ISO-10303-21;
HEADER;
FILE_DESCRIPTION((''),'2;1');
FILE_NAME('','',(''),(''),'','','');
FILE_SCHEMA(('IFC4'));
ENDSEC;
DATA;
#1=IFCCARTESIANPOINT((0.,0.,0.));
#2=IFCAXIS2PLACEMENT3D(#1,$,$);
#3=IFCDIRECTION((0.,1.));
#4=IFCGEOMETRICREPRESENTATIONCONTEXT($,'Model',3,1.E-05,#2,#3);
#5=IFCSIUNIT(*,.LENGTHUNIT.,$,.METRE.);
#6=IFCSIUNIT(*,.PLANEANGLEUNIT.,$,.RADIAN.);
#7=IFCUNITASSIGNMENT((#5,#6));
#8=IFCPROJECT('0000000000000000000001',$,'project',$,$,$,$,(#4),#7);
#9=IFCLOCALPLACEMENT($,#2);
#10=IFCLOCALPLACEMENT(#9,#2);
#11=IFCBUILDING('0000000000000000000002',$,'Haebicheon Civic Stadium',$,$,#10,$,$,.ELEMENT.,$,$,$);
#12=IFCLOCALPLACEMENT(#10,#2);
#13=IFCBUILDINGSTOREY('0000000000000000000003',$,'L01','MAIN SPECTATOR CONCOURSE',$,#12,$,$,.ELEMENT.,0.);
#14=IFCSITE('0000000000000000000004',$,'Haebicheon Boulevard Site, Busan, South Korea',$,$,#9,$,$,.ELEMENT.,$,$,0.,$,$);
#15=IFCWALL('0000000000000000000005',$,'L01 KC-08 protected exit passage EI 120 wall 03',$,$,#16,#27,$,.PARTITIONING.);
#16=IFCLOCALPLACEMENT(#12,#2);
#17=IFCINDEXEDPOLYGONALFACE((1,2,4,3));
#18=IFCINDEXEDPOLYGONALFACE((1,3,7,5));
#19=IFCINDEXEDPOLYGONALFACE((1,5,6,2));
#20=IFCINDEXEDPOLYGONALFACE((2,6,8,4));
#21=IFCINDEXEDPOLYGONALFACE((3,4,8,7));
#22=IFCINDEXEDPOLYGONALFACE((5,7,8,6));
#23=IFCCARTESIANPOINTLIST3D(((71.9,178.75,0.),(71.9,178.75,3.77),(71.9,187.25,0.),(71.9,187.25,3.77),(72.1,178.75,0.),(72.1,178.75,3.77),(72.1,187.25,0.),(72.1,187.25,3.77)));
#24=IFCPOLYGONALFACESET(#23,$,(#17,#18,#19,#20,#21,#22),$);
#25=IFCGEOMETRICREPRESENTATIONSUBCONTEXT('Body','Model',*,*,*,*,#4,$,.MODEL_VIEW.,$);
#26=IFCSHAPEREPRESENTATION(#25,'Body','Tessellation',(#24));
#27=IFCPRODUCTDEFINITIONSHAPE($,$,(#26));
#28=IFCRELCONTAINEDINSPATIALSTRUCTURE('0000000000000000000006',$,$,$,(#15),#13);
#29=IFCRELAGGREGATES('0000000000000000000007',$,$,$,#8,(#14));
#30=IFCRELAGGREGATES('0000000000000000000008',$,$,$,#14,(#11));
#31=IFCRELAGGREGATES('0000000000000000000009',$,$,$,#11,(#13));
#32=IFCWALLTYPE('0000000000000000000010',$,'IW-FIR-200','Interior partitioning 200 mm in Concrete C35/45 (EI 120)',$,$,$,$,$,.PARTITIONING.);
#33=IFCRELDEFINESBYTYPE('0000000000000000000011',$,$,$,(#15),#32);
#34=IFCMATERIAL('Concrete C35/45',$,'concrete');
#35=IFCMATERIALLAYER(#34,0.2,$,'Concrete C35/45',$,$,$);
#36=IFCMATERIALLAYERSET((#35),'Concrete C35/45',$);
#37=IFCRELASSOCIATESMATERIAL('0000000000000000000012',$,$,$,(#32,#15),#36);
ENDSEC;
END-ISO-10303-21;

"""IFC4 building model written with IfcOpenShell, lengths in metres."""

from ifc_helpers import new_model, si_unit, direction, frame, frame_2d, origin, place, context, subcontext, project, spatial, rectangle, extrude, material, layer, layer_set, type_object, element, save


model = new_model("IFC4")

# Units and contexts
model_context = context("Model", 3, precision=1e-05, world=origin(), true_north=direction((0.0, 1.0)))
body_context = subcontext(model_context, "Body", "Model", "MODEL_VIEW")
ifc_project = project(units=[si_unit("LENGTHUNIT", "METRE"), si_unit("PLANEANGLEUNIT", "RADIAN")], contexts=[model_context])

# Site, building, storey
site_placement = place(None, origin())
site = spatial("IfcSite", under=ifc_project, at=site_placement, Name="Haebicheon Boulevard Site, Busan, South Korea", CompositionType="ELEMENT", RefElevation=0.0)
building_placement = place(site_placement, origin())
building = spatial("IfcBuilding", under=site, at=building_placement, Name="Haebicheon Civic Stadium", CompositionType="ELEMENT")
storey_placement = place(building_placement, origin())
storey = spatial("IfcBuildingStorey", under=building, at=storey_placement, Name="L01", Description="MAIN SPECTATOR CONCOURSE", CompositionType="ELEMENT", Elevation=0.0)

# Shared definitions
ifc_material_1 = material(Name="Concrete C35/45", Category="concrete")
ifc_layer_1 = layer(ifc_material_1, 0.2, Name="Concrete C35/45")
ifc_layer_set_1 = layer_set([ifc_layer_1], Name="Concrete C35/45")
wall_type_1 = type_object("IfcWallType", Name="IW-FIR-200", Description="Interior partitioning 200 mm in Concrete C35/45 (EI 120)", PredefinedType="PARTITIONING", material=ifc_layer_set_1)

# Wall
wall_1_placement = place(storey_placement, frame((72.0, 178.75, 0.0), z_axis=(0.0, 0.0, 1.0), x_axis=(0.0, 1.0, 0.0)))
element("IfcWall", 1, at=wall_1_placement, inside=storey, type_object=wall_type_1, material=ifc_layer_set_1, Name="L01 KC-08 protected exit passage EI 120 wall 03", PredefinedType="PARTITIONING", context=body_context, shape_type="SweptSolid", body=[
    extrude(rectangle(XDim=8.5, YDim=0.2, at=frame_2d((4.25, 0.0))), origin(), (0.0, 0.0, 1.0), 3.77),
])

save(model, "model.ifc")
